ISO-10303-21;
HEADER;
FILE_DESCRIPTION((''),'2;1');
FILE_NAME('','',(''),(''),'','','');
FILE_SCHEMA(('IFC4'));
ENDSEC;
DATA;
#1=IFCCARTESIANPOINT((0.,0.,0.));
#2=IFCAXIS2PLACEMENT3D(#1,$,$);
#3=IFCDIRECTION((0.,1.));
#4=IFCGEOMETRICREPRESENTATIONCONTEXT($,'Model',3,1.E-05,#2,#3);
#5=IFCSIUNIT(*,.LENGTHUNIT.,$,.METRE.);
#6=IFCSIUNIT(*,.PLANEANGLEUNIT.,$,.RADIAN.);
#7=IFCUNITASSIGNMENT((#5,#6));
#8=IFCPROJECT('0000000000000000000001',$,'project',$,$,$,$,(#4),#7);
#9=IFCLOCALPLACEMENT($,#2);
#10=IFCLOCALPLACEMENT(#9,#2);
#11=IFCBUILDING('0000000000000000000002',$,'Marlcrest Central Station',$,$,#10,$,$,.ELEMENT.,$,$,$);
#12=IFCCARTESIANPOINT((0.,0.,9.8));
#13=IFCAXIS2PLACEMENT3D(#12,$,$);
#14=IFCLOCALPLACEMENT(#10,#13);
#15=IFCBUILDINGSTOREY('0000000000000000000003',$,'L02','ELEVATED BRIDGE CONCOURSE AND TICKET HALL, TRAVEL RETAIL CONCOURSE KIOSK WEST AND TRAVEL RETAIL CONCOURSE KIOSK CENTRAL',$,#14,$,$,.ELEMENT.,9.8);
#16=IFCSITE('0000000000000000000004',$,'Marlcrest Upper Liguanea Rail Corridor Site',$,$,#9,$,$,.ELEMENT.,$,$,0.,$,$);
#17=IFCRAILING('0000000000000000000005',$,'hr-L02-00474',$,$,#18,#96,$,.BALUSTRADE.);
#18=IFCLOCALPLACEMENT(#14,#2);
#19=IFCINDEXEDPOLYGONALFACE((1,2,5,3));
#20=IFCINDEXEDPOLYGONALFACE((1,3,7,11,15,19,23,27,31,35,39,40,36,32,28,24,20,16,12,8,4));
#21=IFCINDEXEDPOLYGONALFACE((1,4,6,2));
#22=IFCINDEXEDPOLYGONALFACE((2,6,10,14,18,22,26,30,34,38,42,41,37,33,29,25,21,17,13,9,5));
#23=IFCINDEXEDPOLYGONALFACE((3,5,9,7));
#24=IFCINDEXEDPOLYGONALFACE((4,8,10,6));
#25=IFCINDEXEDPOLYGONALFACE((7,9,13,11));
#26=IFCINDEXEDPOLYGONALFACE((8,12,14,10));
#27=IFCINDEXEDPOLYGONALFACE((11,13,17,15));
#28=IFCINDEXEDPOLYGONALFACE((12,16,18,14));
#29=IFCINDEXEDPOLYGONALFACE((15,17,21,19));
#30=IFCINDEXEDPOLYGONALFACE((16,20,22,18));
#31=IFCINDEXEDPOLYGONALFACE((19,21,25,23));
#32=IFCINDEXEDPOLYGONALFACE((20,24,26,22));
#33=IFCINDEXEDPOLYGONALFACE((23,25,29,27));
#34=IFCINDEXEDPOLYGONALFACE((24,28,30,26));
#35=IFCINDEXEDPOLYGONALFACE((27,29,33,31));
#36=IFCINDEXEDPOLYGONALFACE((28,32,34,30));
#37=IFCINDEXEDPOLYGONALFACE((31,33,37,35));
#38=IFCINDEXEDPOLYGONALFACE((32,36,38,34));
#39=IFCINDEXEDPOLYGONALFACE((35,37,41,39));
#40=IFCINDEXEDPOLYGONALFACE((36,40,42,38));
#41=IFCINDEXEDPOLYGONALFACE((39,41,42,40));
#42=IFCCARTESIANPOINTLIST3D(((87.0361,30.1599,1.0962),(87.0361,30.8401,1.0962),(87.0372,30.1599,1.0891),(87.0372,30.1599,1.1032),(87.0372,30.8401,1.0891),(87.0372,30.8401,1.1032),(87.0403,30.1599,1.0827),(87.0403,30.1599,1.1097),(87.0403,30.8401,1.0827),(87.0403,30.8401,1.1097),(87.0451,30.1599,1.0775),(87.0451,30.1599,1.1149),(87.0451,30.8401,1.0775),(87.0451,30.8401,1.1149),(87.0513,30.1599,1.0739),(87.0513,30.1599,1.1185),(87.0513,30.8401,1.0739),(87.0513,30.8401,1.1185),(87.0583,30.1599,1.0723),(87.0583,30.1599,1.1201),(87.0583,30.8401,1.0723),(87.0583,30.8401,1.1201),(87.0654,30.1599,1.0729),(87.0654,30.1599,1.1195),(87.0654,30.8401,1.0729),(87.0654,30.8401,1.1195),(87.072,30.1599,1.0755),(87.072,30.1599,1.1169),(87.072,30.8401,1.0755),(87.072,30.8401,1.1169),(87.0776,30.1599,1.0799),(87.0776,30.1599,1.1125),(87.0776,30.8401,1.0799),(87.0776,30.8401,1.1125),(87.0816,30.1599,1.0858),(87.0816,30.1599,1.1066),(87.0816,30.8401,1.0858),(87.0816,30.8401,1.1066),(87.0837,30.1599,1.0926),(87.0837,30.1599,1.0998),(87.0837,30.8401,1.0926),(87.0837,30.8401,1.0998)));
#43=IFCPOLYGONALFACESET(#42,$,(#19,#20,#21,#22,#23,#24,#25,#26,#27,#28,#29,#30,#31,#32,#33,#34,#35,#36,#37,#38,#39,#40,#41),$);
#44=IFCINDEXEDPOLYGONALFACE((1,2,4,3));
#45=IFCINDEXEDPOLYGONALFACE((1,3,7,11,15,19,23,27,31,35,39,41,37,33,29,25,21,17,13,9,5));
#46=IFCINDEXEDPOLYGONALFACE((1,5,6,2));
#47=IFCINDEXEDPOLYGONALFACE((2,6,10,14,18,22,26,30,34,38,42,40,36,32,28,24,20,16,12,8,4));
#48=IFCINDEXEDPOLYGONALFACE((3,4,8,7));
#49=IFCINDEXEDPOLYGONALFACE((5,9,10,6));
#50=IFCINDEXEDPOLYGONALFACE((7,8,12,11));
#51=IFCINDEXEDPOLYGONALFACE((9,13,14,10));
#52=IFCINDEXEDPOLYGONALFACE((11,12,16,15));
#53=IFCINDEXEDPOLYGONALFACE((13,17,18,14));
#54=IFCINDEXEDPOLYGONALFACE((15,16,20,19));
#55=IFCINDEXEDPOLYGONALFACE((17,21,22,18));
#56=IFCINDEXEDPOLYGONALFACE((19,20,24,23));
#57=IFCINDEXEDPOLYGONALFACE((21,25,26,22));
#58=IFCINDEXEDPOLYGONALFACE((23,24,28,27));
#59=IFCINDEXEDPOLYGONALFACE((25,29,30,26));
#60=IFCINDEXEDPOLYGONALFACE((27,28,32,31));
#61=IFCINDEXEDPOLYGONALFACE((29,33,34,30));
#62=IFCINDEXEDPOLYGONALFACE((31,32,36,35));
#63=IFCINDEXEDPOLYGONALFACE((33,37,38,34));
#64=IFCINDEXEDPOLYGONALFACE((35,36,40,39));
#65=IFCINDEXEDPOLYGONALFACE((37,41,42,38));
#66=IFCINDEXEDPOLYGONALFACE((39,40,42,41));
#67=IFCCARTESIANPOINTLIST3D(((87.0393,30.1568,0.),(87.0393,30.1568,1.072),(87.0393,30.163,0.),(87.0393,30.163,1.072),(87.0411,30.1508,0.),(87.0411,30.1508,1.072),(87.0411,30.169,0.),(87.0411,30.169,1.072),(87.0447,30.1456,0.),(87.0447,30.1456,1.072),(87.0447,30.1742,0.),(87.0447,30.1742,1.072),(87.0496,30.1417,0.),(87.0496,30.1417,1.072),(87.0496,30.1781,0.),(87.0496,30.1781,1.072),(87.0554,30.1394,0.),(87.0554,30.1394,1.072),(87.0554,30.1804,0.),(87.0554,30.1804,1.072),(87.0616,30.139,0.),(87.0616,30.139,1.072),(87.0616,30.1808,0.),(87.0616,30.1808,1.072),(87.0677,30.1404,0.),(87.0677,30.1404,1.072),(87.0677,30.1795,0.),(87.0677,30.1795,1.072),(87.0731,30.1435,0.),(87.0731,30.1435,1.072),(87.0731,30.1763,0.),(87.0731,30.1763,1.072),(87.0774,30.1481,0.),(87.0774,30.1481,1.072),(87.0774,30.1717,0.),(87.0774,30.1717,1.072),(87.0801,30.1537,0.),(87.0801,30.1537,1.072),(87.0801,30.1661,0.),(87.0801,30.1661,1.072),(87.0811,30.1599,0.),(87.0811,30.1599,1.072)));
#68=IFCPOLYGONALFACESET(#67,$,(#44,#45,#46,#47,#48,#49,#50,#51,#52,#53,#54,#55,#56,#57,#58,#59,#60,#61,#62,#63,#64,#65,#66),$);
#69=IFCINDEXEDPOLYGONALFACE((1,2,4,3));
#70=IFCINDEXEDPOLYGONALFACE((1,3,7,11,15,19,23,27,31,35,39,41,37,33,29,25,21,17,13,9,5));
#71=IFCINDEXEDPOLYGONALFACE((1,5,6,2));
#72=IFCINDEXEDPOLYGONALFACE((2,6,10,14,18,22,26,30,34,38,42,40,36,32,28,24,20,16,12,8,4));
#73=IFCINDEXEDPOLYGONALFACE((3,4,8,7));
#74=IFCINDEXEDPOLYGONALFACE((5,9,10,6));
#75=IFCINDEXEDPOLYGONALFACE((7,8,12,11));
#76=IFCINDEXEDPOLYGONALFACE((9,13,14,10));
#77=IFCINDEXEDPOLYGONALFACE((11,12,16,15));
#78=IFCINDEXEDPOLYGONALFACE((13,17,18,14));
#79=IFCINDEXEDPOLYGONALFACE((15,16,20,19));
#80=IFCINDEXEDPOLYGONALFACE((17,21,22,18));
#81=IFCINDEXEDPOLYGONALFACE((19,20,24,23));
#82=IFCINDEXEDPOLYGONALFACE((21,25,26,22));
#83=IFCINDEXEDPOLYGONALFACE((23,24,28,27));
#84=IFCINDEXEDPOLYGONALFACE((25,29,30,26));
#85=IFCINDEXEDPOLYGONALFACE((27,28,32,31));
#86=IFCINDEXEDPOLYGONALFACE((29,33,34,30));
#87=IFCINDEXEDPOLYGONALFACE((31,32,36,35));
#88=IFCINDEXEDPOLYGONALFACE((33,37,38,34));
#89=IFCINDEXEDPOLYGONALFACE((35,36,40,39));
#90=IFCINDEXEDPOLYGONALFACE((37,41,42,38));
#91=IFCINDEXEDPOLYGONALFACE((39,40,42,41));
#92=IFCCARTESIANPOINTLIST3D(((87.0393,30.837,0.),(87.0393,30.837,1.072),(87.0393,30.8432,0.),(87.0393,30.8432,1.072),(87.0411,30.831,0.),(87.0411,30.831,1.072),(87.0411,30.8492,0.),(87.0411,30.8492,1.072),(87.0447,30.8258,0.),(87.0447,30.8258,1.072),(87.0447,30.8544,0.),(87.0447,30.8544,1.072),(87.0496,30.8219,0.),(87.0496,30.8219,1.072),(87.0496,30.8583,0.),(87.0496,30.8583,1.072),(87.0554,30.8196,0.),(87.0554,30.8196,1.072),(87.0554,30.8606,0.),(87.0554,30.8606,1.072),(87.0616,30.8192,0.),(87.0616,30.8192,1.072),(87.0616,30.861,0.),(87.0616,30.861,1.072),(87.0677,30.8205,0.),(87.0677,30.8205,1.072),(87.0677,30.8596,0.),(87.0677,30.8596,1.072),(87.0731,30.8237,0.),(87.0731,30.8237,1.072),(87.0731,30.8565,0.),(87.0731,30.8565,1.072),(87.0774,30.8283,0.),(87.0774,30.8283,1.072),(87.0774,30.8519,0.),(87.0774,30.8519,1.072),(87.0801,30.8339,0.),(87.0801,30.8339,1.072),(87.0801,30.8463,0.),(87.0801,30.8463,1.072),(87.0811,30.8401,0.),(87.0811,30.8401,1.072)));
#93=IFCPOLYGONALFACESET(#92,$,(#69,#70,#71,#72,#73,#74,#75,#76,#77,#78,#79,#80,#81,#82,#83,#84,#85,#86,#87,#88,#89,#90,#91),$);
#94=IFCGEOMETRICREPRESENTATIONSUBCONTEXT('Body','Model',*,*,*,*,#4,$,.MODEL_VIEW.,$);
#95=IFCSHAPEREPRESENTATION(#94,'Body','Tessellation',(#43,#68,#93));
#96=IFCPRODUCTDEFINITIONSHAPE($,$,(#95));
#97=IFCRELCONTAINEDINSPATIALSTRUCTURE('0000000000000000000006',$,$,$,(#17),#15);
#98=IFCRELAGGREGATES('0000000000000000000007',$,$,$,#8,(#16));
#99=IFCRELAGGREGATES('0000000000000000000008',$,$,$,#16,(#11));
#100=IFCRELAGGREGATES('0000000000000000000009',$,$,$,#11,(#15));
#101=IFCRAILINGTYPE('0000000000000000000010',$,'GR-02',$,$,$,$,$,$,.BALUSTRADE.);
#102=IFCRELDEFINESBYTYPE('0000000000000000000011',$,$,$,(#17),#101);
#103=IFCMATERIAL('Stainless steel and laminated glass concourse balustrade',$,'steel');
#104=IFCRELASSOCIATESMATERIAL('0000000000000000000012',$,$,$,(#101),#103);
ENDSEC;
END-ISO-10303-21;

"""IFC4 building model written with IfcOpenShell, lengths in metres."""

from ifc_helpers import new_model, si_unit, direction, frame, origin, origin_2d, place, context, subcontext, project, spatial, circle, extrude, material, type_object, element, save


model = new_model("IFC4")

# Units and contexts
model_context = context("Model", 3, precision=1e-05, world=origin(), true_north=direction((0.0, 1.0)))
body_context = subcontext(model_context, "Body", "Model", "MODEL_VIEW")
ifc_project = project(units=[si_unit("LENGTHUNIT", "METRE"), si_unit("PLANEANGLEUNIT", "RADIAN")], contexts=[model_context])

# Site, building, storey
site_placement = place(None, origin())
site = spatial("IfcSite", under=ifc_project, at=site_placement, Name="Marlcrest Upper Liguanea Rail Corridor Site", CompositionType="ELEMENT", RefElevation=0.0)
building_placement = place(site_placement, origin())
building = spatial("IfcBuilding", under=site, at=building_placement, Name="Marlcrest Central Station", CompositionType="ELEMENT")
storey_placement = place(building_placement, frame((0.0, 0.0, 9.8)))
storey = spatial("IfcBuildingStorey", under=building, at=storey_placement, Name="L02", Description="ELEVATED BRIDGE CONCOURSE AND TICKET HALL, TRAVEL RETAIL CONCOURSE KIOSK WEST AND TRAVEL RETAIL CONCOURSE KIOSK CENTRAL", CompositionType="ELEMENT", Elevation=9.8)

# Railing
ifc_material_1 = material(Name="Stainless steel and laminated glass concourse balustrade", Category="steel")
railing_type = type_object("IfcRailingType", Name="GR-02", PredefinedType="BALUSTRADE", material=ifc_material_1)
railing_placement = place(storey_placement, frame((87.0601, 30.1599, 0.0)))
element("IfcRailing", 1, at=railing_placement, inside=storey, type_object=railing_type, Name="hr-L02-00474", PredefinedType="BALUSTRADE", context=body_context, shape_type="SweptSolid", body=[
    extrude(circle(Radius=0.0239, at=origin_2d()), frame((0.0, 0.0, 1.0962), z_axis=(0.0, 1.0, 0.0), x_axis=(-1.0, 0.0, 0.0)), (0.0, 0.0, 1.0), 0.6802),
    extrude(circle(Radius=0.021, at=origin_2d()), origin(), (0.0, 0.0, 1.0), 1.072),
    extrude(circle(Radius=0.021, at=origin_2d()), frame((0.0, 0.6802, 0.0)), (0.0, 0.0, 1.0), 1.072),
])

save(model, "model.ifc")
